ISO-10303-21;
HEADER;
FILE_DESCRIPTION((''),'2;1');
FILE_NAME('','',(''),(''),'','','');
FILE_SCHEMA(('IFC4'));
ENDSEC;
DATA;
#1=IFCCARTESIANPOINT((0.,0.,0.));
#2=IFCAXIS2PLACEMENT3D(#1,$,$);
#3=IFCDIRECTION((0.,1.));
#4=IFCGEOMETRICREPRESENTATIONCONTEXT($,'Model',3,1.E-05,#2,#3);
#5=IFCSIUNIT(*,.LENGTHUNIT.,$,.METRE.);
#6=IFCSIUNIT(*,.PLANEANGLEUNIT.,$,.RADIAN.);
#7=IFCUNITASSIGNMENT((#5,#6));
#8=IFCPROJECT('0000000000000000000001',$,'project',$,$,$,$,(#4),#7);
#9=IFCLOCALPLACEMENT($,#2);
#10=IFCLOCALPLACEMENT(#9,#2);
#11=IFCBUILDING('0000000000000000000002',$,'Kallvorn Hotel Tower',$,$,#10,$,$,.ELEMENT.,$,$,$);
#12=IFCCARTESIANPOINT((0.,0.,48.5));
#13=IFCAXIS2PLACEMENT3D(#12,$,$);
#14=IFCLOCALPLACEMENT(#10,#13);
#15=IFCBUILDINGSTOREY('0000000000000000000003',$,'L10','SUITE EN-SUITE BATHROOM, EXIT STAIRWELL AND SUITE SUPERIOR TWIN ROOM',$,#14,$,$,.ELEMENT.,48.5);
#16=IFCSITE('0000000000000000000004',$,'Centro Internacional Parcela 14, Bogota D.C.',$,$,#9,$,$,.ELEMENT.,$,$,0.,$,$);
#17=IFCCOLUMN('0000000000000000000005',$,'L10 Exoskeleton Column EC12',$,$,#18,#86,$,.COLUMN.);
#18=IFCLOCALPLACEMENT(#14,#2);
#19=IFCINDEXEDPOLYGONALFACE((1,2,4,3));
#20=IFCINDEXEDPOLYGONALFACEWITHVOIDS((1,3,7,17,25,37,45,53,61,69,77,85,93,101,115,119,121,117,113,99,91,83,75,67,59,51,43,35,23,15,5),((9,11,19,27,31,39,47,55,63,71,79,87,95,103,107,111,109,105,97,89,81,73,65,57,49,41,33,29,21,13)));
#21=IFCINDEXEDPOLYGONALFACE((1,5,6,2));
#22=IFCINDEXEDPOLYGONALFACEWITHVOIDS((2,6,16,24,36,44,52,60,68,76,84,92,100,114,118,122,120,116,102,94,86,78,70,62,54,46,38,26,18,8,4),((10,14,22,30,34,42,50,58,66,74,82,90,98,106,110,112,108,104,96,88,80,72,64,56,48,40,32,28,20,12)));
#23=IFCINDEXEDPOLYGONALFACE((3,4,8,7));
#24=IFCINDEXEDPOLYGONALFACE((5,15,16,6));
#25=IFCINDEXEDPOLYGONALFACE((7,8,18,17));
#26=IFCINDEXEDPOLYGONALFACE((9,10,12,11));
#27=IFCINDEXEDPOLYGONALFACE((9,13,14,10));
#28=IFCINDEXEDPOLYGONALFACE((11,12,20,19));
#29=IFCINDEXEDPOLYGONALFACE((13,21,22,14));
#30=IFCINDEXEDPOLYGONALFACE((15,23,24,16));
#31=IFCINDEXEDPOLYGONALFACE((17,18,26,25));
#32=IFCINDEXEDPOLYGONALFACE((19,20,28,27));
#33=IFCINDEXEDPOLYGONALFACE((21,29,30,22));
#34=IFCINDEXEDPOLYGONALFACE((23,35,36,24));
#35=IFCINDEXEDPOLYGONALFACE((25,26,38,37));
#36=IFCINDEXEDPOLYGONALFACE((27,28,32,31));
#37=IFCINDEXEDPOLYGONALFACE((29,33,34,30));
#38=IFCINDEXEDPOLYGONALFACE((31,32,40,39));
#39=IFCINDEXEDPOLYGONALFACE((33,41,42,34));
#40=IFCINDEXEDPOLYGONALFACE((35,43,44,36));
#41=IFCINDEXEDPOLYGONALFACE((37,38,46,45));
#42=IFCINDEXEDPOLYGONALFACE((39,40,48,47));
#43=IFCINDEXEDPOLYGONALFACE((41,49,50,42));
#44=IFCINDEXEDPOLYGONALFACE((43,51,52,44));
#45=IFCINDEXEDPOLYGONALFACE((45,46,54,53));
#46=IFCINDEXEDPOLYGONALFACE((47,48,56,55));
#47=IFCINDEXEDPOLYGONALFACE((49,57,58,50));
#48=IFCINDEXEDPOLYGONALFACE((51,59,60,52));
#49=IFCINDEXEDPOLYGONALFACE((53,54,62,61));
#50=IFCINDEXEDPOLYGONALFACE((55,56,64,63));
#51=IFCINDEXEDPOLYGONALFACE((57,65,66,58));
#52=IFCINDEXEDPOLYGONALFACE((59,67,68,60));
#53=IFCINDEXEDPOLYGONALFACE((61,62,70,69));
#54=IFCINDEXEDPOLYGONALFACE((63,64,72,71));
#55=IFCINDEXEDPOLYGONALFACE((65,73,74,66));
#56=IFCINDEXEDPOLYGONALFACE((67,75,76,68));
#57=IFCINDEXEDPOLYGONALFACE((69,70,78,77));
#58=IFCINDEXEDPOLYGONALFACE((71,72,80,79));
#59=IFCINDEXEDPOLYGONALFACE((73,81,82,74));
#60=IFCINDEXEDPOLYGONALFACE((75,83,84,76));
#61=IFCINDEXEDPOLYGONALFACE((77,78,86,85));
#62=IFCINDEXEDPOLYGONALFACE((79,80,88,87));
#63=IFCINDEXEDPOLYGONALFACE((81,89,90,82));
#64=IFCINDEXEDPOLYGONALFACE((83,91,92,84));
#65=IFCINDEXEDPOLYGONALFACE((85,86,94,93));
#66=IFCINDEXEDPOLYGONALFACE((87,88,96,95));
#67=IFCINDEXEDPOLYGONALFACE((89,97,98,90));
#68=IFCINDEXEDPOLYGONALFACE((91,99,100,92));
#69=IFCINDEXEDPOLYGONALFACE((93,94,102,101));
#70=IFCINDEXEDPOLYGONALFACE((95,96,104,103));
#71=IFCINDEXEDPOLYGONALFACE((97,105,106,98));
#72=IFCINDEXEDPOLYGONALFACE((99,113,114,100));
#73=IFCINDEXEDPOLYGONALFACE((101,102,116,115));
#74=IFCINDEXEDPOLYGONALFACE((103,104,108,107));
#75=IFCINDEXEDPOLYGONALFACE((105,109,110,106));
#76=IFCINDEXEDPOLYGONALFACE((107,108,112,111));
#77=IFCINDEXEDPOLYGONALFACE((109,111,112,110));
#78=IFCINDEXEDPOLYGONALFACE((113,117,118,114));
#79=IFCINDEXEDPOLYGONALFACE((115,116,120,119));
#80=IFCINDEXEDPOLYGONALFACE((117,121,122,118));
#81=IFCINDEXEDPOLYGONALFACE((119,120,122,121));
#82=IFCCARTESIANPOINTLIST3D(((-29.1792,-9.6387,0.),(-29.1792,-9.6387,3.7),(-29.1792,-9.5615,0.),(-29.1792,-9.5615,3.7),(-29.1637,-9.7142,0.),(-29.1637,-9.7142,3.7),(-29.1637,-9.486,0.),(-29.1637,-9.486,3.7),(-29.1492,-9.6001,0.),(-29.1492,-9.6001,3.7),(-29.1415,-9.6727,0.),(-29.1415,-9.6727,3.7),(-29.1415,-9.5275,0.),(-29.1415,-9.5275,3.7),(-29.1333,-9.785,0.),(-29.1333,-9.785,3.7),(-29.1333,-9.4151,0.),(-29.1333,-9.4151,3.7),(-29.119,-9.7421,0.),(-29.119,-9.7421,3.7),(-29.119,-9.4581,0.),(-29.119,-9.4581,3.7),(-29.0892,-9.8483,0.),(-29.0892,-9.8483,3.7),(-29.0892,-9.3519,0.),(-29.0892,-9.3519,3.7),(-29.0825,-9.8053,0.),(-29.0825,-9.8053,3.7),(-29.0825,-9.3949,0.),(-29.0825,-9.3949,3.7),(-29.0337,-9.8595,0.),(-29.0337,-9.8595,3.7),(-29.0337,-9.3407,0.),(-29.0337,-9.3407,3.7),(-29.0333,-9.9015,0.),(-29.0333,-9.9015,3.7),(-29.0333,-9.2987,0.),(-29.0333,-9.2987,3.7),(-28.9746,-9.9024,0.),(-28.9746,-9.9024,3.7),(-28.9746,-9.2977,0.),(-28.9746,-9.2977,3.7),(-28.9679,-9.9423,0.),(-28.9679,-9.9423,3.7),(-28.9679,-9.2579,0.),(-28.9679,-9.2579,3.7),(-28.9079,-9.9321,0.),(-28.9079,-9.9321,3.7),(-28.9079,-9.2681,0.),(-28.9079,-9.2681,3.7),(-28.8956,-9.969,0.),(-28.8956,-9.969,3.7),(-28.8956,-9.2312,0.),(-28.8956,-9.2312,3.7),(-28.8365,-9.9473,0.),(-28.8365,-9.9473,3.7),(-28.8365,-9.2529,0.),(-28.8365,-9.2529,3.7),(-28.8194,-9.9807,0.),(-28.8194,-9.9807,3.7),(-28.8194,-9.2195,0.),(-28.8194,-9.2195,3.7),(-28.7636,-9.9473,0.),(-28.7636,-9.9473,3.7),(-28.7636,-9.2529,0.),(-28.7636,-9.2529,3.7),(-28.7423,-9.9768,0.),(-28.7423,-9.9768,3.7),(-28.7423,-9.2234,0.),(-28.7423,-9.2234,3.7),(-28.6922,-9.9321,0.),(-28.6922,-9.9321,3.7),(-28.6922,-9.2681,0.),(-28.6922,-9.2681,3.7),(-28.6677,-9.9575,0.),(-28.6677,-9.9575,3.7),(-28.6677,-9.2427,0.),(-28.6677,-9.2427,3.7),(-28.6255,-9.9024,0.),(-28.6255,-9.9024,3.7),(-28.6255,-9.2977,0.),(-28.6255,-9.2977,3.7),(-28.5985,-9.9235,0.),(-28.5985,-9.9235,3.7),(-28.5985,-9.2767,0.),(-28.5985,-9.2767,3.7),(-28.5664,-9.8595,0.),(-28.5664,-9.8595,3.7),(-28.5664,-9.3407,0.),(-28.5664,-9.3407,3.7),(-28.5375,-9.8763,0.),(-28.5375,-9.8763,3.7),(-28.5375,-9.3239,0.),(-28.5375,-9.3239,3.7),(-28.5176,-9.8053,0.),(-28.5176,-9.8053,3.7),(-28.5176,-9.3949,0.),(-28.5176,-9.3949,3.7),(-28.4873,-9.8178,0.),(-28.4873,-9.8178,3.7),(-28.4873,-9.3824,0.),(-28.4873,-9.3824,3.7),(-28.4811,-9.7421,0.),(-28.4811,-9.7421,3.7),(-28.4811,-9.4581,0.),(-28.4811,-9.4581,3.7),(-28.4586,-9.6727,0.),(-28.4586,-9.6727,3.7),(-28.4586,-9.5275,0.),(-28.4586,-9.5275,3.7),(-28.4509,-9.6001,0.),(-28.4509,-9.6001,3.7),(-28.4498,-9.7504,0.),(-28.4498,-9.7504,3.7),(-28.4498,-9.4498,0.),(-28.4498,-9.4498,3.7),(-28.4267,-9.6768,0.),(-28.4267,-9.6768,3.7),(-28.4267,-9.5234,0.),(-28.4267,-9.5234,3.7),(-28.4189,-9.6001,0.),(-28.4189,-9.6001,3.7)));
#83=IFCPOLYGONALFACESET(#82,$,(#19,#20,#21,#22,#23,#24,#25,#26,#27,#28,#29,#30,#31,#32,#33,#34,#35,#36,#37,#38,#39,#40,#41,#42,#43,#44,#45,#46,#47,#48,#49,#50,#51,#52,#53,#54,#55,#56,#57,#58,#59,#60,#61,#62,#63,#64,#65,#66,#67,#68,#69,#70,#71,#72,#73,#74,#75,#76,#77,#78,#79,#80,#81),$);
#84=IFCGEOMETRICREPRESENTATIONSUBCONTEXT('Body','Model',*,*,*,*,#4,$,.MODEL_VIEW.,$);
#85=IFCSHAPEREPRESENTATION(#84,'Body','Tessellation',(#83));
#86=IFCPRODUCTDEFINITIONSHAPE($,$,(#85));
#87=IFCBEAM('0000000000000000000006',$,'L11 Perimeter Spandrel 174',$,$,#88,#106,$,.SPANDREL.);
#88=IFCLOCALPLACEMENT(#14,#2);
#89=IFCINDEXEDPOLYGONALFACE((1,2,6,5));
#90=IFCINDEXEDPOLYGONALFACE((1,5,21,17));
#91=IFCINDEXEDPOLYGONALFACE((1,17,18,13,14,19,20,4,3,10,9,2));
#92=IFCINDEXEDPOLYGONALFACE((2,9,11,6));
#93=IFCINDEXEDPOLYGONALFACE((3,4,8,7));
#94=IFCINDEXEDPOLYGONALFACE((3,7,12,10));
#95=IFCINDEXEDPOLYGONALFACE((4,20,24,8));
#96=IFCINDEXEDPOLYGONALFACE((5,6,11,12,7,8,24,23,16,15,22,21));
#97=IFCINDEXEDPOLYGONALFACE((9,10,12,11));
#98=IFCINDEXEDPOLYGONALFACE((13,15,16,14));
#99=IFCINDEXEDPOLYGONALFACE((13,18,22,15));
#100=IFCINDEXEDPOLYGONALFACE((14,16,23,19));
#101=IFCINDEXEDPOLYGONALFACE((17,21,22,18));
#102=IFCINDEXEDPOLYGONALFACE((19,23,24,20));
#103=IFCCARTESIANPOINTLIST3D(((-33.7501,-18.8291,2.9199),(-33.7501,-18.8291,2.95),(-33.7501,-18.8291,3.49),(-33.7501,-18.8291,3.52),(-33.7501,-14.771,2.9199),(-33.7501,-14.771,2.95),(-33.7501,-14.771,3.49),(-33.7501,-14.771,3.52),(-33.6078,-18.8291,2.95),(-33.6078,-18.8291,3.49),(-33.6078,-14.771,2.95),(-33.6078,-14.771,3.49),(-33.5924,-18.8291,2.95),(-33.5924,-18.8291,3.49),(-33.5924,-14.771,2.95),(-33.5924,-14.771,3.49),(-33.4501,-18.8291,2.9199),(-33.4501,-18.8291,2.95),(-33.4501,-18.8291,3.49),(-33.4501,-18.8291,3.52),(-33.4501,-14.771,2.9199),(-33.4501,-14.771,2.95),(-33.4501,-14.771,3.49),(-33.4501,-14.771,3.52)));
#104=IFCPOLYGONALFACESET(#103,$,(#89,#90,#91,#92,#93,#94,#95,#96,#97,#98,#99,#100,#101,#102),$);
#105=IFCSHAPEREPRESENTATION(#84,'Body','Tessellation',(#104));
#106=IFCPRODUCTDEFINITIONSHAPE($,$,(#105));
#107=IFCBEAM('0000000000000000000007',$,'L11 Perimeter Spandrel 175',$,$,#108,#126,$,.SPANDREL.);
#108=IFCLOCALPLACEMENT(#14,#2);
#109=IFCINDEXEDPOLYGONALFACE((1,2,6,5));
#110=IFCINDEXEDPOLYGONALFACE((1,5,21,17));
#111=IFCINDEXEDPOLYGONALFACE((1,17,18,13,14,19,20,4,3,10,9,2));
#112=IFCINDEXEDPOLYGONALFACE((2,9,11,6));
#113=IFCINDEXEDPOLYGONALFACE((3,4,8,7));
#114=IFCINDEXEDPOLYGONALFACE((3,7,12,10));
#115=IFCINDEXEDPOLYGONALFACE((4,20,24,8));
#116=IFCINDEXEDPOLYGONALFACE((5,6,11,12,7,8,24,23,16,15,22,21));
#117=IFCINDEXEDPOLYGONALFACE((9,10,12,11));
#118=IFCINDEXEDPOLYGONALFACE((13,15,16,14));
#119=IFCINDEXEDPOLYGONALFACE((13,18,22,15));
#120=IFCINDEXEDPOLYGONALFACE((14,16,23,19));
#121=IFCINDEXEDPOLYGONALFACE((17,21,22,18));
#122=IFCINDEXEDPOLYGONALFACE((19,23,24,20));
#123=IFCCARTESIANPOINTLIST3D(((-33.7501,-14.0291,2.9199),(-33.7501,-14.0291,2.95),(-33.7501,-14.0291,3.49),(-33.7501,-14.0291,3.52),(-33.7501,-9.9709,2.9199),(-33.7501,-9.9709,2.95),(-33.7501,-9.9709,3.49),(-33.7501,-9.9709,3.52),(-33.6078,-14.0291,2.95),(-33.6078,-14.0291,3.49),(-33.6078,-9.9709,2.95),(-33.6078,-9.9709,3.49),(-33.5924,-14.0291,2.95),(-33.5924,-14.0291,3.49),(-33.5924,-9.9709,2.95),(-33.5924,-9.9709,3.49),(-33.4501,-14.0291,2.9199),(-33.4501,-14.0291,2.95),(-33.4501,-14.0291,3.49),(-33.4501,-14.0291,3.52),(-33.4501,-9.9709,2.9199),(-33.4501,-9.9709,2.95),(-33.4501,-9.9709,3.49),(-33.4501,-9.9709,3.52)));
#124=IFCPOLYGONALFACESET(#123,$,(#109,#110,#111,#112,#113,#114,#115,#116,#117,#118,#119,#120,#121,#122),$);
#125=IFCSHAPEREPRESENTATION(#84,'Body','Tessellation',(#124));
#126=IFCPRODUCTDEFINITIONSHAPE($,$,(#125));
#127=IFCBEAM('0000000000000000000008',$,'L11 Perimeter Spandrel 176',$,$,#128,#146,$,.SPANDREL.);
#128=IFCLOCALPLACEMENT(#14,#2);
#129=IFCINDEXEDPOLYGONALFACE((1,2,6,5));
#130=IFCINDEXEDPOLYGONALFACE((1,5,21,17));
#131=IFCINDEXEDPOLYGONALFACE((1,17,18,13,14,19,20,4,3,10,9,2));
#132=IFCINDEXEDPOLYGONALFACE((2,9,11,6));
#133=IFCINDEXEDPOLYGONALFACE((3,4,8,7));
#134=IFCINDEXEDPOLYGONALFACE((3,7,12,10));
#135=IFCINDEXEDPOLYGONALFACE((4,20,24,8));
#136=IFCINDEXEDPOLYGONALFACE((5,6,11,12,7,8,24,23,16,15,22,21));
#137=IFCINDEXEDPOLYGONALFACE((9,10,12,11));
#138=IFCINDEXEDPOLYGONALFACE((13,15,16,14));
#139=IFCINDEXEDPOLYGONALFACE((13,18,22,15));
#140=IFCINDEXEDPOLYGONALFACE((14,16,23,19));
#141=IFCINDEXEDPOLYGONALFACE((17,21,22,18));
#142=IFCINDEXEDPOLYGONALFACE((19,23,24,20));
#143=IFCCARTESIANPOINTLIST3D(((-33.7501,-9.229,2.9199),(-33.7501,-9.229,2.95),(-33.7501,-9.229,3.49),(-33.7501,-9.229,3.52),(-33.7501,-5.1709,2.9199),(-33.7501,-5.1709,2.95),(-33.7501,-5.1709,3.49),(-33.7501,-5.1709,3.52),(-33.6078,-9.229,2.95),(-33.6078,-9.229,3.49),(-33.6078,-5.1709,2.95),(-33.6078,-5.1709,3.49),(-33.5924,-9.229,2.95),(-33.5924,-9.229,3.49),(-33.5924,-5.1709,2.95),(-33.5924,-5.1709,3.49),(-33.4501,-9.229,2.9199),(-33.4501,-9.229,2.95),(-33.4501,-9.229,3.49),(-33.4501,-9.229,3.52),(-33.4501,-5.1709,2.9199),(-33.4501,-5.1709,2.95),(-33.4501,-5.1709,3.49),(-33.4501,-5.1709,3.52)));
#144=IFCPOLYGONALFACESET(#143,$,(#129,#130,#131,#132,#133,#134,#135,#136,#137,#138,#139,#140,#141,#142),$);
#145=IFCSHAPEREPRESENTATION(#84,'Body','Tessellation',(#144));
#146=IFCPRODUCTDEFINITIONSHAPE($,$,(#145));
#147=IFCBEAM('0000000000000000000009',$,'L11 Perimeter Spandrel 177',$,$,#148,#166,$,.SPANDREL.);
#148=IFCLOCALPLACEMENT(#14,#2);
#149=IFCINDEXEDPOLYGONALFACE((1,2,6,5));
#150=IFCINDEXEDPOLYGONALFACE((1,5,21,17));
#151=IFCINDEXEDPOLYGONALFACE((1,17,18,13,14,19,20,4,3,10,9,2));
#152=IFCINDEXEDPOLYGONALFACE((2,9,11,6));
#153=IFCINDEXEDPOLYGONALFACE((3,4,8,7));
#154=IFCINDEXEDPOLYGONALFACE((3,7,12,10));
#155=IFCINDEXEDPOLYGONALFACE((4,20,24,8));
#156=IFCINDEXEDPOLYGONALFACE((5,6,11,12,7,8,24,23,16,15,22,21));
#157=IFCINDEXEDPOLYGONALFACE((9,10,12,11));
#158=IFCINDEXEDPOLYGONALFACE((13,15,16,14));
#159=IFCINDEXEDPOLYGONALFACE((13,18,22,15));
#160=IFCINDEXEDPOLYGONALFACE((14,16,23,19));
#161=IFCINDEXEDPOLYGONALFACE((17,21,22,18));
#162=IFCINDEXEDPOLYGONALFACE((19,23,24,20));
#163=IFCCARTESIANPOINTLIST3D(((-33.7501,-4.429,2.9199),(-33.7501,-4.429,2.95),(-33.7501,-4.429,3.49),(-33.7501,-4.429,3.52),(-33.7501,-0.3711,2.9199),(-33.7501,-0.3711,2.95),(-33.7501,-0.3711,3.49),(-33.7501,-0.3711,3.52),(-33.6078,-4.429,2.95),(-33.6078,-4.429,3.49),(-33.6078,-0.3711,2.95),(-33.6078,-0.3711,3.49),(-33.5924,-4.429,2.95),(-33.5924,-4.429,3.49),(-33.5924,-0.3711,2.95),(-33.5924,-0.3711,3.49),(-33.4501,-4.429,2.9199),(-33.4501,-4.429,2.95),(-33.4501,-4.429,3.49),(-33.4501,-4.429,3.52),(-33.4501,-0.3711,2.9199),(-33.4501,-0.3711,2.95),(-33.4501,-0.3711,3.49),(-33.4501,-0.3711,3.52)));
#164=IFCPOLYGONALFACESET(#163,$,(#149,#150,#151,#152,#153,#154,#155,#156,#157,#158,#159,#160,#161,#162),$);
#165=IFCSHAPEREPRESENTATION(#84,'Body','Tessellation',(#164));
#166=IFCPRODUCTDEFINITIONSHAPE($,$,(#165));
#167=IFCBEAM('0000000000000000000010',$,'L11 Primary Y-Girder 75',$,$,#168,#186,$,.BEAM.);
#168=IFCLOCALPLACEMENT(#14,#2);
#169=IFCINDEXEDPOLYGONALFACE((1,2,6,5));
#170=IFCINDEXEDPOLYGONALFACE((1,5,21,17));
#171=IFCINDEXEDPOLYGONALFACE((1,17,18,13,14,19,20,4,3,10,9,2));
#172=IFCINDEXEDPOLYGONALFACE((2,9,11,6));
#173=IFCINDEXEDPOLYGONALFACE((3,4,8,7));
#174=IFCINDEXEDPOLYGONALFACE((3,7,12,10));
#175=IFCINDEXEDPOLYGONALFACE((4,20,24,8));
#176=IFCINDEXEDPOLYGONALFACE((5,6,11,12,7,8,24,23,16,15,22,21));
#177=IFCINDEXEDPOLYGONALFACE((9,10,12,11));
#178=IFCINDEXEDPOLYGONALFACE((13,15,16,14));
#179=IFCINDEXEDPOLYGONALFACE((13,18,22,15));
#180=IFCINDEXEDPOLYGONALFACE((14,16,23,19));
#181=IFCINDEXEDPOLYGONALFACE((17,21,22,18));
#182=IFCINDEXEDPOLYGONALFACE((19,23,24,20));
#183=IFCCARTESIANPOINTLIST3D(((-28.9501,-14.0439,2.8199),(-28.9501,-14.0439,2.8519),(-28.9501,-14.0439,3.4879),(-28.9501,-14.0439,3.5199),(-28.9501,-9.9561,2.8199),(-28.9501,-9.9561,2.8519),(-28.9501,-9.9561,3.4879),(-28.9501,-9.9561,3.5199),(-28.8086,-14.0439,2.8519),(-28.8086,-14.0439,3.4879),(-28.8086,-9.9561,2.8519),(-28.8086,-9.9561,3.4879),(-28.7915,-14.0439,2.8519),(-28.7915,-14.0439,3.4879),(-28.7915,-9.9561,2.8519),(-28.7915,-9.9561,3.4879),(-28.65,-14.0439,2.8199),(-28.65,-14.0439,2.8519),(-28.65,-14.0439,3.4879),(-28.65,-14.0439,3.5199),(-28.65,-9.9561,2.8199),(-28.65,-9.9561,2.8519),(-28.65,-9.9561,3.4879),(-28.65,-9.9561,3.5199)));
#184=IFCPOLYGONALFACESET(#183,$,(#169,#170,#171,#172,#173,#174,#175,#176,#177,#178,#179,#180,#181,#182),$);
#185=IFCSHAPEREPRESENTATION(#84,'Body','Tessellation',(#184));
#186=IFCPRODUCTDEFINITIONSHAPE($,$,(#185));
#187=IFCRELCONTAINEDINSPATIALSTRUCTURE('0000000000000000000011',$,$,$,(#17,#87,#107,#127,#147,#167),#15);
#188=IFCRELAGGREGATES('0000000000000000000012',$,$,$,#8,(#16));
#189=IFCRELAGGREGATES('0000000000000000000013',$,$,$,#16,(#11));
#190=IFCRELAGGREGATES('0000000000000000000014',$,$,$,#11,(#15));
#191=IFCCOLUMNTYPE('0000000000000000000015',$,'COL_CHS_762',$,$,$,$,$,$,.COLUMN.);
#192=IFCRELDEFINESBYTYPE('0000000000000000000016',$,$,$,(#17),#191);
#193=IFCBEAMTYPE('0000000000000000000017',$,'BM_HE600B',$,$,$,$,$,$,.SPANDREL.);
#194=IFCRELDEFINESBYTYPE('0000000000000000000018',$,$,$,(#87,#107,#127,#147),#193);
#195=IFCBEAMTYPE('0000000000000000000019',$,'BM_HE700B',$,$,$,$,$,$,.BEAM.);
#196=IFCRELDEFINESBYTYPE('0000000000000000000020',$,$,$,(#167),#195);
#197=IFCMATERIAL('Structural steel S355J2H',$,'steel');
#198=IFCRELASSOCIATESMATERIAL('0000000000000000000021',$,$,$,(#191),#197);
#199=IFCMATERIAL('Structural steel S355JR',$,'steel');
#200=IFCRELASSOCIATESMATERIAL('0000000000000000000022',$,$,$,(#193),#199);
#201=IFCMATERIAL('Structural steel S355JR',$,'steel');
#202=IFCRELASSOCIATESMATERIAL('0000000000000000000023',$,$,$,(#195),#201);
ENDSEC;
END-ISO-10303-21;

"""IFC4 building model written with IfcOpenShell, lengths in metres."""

from ifc_helpers import new_model, si_unit, direction, frame, origin, origin_2d, place, context, subcontext, project, spatial, hollow_circle, i_section, extrude, material, material_profile, profile_set, type_object, element, save


model = new_model("IFC4")

# Units and contexts
model_context = context("Model", 3, precision=1e-05, world=origin(), true_north=direction((0.0, 1.0)))
body_context = subcontext(model_context, "Body", "Model", "MODEL_VIEW")
ifc_project = project(units=[si_unit("LENGTHUNIT", "METRE"), si_unit("PLANEANGLEUNIT", "RADIAN")], contexts=[model_context])

# Site, building, storey
site_placement = place(None, origin())
site = spatial("IfcSite", under=ifc_project, at=site_placement, Name="Centro Internacional Parcela 14, Bogota D.C.", CompositionType="ELEMENT", RefElevation=0.0)
building_placement = place(site_placement, origin())
building = spatial("IfcBuilding", under=site, at=building_placement, Name="Kallvorn Hotel Tower", CompositionType="ELEMENT")
storey_placement = place(building_placement, frame((0.0, 0.0, 48.5)))
storey = spatial("IfcBuildingStorey", under=building, at=storey_placement, Name="L10", Description="SUITE EN-SUITE BATHROOM, EXIT STAIRWELL AND SUITE SUPERIOR TWIN ROOM", CompositionType="ELEMENT", Elevation=48.5)

# Column
ifc_material_1 = material(Name="Structural steel S355J2H", Category="steel")
ifc_material_profile_1 = material_profile(ifc_material_1, hollow_circle(Radius=0.3811, WallThickness=0.032, at=origin_2d()), Name="CHS 762x32")
ifc_profile_set_1 = profile_set([ifc_material_profile_1], Name="Structural steel S355J2H")
column_type = type_object("IfcColumnType", Name="COL_CHS_762", PredefinedType="COLUMN", material=ifc_profile_set_1)
for number, where, z_axis, x_axis, name in (
    (1, (-28.8, -9.6001, 0.0), (0.0, 0.0, 1.0), (1.0, 0.0, 0.0), "L10 Exoskeleton Column EC12"),
):
    element("IfcColumn", number, at=place(storey_placement, frame(where, z_axis=z_axis, x_axis=x_axis)), inside=storey, type_object=column_type, Name=name, PredefinedType="COLUMN", context=body_context, shape_type="SweptSolid", body=[
        extrude(hollow_circle(Radius=0.3811, WallThickness=0.032, at=origin_2d()), origin(), (0.0, 0.0, 1.0), 3.7),
    ])

# Beams
ifc_material_2 = material(Name="Structural steel S355JR", Category="steel")
ifc_material_profile_2 = material_profile(ifc_material_2, i_section(OverallWidth=0.3, OverallDepth=0.6001, WebThickness=0.0154, FlangeThickness=0.03, at=origin_2d()), Name="HE 600 B")
ifc_profile_set_2 = profile_set([ifc_material_profile_2], Name="Structural steel S355JR")
beam_type_1 = type_object("IfcBeamType", Name="BM_HE600B", PredefinedType="SPANDREL", material=ifc_profile_set_2)
for number, where, z_axis, x_axis, name in (
    (2, (-33.6001, -18.8291, 3.22), (0.0, 1.0, 0.0), (-1.0, 0.0, 0.0), "L11 Perimeter Spandrel 174"),
    (3, (-33.6001, -14.0291, 3.22), (0.0, 1.0, 0.0), (-1.0, 0.0, 0.0), "L11 Perimeter Spandrel 175"),
    (4, (-33.6001, -9.229, 3.22), (0.0, 1.0, 0.0), (-1.0, 0.0, 0.0), "L11 Perimeter Spandrel 176"),
):
    element("IfcBeam", number, at=place(storey_placement, frame(where, z_axis=z_axis, x_axis=x_axis)), inside=storey, type_object=beam_type_1, Name=name, PredefinedType="SPANDREL", context=body_context, shape_type="SweptSolid", body=[
        extrude(i_section(OverallWidth=0.3, OverallDepth=0.6001, WebThickness=0.0154, FlangeThickness=0.03, at=origin_2d()), origin(), (0.0, 0.0, 1.0), 4.0581),
    ])
beam_placement = place(storey_placement, frame((-33.6001, -4.429, 3.22), z_axis=(0.0, 1.0, 0.0), x_axis=(-1.0, 0.0, 0.0)))
element("IfcBeam", 5, at=beam_placement, inside=storey, type_object=beam_type_1, Name="L11 Perimeter Spandrel 177", PredefinedType="SPANDREL", context=body_context, shape_type="SweptSolid", body=[
    extrude(i_section(OverallWidth=0.3, OverallDepth=0.6001, WebThickness=0.0154, FlangeThickness=0.03, at=origin_2d()), origin(), (0.0, 0.0, 1.0), 4.0579),
])
ifc_material_3 = material(Name="Structural steel S355JR", Category="steel")
ifc_material_profile_3 = material_profile(ifc_material_3, i_section(OverallWidth=0.3, OverallDepth=0.7, WebThickness=0.0171, FlangeThickness=0.032, at=origin_2d()), Name="HE 700 B")
ifc_profile_set_3 = profile_set([ifc_material_profile_3], Name="Structural steel S355JR")
beam_type_2 = type_object("IfcBeamType", Name="BM_HE700B", PredefinedType="BEAM", material=ifc_profile_set_3)
for number, where, z_axis, x_axis, name in (
    (6, (-28.8, -14.0439, 3.1699), (0.0, 1.0, 0.0), (-1.0, 0.0, 0.0), "L11 Primary Y-Girder 75"),
):
    element("IfcBeam", number, at=place(storey_placement, frame(where, z_axis=z_axis, x_axis=x_axis)), inside=storey, type_object=beam_type_2, Name=name, PredefinedType="BEAM", context=body_context, shape_type="SweptSolid", body=[
        extrude(i_section(OverallWidth=0.3, OverallDepth=0.7, WebThickness=0.0171, FlangeThickness=0.032, at=origin_2d()), origin(), (0.0, 0.0, 1.0), 4.0879),
    ])

save(model, "model.ifc")
